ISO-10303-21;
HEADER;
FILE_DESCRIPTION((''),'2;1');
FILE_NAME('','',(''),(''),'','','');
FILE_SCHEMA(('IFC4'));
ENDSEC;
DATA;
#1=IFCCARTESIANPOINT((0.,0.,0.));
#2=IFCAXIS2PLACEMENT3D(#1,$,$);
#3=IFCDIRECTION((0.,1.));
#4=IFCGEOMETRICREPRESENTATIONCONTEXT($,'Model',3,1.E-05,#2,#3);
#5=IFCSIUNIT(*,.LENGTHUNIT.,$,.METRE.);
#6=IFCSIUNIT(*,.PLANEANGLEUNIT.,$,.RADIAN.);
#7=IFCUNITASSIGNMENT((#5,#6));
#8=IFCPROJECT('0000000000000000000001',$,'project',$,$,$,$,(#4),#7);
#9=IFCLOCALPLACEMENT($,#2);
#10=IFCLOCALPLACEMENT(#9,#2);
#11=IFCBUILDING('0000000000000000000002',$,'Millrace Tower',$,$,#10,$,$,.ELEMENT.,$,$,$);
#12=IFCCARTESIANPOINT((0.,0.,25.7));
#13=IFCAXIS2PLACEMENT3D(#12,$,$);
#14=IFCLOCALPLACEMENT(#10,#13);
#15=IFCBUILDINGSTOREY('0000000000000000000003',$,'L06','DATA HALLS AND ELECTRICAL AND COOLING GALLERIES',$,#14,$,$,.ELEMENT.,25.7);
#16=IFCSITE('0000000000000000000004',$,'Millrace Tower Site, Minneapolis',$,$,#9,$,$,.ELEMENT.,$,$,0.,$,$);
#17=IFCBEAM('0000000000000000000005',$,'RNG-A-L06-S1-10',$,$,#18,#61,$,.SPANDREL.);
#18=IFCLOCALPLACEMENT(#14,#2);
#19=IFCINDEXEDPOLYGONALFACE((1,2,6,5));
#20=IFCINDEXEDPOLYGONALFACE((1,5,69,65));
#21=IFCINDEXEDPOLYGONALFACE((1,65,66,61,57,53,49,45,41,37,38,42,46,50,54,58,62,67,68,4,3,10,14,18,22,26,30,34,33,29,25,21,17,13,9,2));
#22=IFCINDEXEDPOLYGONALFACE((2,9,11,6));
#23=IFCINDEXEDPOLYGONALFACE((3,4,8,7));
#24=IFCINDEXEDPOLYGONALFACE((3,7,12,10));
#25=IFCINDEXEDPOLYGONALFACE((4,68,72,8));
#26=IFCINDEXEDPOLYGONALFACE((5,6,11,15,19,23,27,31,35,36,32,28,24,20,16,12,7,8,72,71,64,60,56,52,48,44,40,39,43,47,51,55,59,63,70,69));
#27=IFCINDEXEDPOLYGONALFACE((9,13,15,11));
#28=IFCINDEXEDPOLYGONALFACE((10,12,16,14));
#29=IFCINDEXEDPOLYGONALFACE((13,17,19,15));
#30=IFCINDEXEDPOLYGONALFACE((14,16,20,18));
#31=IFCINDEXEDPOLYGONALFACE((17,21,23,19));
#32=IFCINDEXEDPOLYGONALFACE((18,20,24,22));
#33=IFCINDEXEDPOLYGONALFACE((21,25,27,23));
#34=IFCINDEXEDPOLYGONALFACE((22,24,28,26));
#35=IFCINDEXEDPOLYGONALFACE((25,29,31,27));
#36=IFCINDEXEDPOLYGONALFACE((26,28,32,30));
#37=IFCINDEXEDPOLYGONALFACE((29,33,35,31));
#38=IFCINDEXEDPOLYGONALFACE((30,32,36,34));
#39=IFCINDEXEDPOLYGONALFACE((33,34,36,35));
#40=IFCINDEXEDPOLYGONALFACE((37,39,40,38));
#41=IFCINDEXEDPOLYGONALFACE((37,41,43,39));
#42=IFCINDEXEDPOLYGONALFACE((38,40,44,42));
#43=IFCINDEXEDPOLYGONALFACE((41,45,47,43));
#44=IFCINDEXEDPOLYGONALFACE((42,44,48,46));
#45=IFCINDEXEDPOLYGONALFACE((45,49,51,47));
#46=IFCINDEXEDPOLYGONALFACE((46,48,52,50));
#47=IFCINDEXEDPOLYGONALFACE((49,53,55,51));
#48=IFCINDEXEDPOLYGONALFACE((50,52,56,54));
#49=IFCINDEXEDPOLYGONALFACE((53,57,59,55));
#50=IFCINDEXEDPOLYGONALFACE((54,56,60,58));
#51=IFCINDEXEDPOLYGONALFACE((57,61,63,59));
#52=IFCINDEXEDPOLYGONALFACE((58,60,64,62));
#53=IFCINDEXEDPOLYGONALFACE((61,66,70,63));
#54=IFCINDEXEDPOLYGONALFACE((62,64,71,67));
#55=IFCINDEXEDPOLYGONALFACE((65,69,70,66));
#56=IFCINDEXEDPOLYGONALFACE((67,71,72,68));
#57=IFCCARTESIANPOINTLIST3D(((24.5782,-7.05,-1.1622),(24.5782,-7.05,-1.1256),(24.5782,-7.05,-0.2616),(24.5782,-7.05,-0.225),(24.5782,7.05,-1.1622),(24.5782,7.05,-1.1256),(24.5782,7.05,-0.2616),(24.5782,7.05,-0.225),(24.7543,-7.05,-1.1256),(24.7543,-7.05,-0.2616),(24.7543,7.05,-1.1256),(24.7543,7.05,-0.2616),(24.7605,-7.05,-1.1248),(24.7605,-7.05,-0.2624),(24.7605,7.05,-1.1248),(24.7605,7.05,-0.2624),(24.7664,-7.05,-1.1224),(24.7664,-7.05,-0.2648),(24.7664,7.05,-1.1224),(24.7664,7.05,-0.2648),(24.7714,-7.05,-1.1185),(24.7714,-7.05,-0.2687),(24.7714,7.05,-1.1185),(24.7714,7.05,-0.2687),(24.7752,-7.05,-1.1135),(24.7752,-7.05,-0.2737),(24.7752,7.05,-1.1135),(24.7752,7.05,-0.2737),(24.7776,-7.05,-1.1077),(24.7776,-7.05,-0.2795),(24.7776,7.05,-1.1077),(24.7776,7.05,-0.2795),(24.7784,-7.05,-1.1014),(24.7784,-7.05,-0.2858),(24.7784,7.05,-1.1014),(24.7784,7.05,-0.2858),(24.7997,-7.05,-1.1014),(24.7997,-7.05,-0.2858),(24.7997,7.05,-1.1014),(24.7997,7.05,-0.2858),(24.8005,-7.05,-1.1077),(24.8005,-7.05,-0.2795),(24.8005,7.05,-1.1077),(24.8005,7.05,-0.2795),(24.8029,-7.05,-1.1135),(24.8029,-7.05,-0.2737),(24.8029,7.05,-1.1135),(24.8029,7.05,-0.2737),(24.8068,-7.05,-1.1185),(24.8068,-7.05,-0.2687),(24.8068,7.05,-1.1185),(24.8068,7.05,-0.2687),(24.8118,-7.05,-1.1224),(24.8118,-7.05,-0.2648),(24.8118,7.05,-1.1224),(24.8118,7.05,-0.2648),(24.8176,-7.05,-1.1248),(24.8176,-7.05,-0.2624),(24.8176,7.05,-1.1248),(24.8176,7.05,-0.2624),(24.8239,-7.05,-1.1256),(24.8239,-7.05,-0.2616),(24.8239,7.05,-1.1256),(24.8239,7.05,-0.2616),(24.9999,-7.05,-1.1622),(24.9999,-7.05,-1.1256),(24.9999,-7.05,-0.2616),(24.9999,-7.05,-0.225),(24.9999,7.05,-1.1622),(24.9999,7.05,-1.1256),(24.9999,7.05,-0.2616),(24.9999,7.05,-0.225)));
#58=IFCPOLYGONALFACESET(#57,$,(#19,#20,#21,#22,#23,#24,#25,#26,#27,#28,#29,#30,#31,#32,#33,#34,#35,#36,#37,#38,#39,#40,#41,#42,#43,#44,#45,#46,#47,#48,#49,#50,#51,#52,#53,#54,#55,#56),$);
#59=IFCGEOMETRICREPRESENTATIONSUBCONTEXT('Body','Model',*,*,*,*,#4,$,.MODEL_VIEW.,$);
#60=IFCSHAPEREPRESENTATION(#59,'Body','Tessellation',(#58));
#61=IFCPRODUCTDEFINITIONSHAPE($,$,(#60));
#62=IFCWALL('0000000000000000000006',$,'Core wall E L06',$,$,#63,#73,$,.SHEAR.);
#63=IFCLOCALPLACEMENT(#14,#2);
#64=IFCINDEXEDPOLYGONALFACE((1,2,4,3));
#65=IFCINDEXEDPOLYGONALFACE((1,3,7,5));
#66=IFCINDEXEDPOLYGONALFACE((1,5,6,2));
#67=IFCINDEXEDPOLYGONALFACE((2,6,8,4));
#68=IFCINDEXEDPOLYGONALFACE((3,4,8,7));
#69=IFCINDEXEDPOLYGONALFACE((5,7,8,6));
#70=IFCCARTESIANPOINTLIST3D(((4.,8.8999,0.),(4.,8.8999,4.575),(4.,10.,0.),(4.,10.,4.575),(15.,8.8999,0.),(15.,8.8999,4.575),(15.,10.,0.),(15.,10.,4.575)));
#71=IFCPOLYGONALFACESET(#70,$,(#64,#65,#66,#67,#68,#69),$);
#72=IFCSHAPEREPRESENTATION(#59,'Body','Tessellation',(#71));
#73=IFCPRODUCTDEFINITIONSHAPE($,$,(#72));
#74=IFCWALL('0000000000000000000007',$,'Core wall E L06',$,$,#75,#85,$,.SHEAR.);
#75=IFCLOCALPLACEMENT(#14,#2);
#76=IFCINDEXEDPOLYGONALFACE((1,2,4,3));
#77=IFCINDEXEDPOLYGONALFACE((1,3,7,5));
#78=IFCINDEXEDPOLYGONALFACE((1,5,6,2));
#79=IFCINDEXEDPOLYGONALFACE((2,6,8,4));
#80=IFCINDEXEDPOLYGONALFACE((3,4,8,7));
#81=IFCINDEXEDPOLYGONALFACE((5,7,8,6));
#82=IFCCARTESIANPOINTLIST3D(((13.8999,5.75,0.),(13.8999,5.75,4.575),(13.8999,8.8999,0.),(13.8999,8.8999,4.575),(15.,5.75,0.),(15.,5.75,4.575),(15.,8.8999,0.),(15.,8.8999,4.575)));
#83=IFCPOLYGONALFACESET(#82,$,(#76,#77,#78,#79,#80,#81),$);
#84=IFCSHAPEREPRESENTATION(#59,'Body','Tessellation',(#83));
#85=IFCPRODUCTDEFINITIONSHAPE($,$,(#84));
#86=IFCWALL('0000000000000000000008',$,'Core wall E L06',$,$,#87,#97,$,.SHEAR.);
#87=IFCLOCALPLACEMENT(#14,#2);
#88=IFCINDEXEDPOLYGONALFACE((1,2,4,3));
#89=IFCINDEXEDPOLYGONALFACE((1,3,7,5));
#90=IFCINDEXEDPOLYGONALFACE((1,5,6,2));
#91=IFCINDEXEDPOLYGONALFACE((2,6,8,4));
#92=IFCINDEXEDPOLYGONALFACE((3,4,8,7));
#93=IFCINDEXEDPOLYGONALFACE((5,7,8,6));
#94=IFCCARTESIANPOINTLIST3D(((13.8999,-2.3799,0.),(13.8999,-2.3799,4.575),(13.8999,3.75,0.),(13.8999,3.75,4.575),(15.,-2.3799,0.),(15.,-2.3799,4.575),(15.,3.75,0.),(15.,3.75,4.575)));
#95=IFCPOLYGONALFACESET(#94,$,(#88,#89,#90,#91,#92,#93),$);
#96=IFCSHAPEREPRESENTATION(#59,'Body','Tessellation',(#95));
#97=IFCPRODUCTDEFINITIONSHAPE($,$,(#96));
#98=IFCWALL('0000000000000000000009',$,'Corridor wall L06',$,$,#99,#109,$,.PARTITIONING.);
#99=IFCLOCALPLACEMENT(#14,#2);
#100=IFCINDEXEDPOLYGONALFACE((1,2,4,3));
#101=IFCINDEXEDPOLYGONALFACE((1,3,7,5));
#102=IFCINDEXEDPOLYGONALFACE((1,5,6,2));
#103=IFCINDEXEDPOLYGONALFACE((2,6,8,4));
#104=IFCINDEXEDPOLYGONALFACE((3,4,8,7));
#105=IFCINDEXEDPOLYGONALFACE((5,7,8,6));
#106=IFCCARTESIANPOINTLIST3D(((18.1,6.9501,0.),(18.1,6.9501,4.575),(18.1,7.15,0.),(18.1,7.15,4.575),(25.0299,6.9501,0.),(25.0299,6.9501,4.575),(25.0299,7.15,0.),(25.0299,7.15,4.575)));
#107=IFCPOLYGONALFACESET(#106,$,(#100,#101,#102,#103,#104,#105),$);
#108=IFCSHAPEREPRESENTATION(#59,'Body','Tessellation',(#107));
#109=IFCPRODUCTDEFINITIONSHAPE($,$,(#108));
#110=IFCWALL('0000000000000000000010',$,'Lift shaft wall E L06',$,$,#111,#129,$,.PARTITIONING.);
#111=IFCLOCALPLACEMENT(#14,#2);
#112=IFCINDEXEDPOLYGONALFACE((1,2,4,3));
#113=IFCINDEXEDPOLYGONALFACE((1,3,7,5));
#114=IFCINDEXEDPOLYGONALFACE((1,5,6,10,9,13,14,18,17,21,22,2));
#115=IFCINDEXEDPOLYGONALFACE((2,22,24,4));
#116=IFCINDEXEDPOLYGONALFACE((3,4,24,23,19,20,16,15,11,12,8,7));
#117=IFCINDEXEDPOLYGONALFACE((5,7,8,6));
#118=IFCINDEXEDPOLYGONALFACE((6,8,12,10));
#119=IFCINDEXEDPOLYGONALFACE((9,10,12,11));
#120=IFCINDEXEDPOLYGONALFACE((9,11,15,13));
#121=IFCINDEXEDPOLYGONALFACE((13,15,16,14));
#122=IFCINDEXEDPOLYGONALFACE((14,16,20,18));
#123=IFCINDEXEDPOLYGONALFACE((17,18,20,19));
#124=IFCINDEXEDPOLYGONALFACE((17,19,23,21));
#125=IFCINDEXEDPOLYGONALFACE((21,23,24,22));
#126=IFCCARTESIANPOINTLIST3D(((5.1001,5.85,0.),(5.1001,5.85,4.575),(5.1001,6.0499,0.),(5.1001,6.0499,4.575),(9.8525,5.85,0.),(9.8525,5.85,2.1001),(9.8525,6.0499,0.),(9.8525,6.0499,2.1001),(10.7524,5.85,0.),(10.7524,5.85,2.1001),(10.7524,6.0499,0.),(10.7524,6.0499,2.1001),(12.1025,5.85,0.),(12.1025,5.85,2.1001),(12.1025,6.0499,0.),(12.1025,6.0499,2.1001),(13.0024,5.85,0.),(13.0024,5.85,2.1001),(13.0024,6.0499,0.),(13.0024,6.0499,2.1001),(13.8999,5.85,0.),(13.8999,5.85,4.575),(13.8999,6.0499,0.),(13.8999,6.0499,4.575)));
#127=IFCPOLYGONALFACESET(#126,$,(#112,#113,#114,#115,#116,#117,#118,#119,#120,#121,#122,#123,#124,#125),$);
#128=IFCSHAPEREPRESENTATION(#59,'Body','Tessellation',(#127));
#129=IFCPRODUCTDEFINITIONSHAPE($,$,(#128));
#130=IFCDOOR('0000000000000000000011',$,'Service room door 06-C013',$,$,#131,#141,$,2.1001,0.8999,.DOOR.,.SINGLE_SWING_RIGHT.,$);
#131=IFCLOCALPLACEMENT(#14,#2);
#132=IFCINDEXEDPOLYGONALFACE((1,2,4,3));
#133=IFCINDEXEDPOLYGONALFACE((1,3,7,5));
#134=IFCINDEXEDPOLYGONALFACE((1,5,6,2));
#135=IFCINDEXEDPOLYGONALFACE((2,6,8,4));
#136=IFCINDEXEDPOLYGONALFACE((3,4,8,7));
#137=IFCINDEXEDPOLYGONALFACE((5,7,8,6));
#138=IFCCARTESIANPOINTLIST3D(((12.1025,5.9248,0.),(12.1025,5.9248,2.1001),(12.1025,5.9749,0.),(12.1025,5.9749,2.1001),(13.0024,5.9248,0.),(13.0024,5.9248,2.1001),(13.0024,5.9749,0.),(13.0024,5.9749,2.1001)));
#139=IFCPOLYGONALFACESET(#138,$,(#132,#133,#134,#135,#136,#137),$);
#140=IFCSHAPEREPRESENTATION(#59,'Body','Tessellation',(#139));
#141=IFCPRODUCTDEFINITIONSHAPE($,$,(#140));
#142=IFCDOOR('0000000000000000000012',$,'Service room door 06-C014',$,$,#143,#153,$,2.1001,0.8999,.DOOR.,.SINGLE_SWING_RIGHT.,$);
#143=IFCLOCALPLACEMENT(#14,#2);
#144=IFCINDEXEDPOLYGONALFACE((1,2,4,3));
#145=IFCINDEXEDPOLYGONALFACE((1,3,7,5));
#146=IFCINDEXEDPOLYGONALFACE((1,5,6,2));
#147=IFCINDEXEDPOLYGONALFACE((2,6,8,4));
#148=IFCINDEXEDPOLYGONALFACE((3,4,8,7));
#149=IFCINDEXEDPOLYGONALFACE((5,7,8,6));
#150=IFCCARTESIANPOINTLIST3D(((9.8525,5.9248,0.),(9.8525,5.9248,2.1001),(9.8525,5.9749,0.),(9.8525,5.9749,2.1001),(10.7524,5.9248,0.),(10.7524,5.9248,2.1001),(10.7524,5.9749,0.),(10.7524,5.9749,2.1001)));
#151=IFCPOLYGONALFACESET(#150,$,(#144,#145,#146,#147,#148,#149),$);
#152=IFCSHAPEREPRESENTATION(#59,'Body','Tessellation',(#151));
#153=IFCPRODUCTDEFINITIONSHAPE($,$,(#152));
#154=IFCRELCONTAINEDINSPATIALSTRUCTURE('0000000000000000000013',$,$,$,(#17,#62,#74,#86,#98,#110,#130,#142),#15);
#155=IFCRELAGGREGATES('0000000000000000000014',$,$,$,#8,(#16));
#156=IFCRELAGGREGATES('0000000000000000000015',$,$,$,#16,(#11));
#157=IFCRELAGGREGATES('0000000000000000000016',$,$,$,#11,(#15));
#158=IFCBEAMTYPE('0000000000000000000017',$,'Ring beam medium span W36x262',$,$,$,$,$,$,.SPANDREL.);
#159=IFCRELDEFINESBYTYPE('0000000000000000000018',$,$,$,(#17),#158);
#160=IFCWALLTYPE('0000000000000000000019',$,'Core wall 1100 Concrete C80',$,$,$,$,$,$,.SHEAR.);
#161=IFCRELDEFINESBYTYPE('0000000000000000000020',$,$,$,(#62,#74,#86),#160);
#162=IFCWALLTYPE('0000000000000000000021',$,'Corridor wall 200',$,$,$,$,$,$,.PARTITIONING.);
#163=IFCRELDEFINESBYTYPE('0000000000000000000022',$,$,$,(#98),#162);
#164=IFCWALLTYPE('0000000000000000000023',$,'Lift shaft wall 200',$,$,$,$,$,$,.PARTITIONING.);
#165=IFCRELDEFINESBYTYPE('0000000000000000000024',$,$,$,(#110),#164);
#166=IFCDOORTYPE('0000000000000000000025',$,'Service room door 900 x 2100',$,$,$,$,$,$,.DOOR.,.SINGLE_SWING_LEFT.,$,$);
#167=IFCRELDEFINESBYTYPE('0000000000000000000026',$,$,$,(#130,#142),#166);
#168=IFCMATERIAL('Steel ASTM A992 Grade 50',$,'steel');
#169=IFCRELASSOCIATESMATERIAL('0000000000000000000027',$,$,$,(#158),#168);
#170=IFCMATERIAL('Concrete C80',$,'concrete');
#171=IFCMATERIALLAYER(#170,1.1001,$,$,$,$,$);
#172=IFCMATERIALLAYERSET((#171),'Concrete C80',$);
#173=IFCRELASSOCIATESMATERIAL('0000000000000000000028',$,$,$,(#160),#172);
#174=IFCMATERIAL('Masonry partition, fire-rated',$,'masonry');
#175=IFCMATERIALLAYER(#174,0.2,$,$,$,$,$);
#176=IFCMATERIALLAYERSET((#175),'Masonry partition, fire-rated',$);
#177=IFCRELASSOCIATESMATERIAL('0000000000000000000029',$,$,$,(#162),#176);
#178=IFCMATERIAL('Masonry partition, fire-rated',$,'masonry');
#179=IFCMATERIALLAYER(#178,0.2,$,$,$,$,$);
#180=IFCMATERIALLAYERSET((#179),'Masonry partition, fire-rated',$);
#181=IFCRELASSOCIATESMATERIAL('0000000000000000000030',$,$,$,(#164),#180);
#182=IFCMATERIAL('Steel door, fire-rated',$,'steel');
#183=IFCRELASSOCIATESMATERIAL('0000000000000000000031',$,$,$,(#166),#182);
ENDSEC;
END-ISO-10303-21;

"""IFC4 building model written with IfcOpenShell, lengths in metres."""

from ifc_helpers import new_model, si_unit, direction, frame, frame_2d, origin, origin_2d, place, context, subcontext, project, spatial, rectangle, i_section, extrude, material, layer, layer_set, material_profile, profile_set, type_object, element, fill, save


model = new_model("IFC4")

# Units and contexts
model_context = context("Model", 3, precision=1e-05, world=origin(), true_north=direction((0.0, 1.0)))
body_context = subcontext(model_context, "Body", "Model", "MODEL_VIEW")
ifc_project = project(units=[si_unit("LENGTHUNIT", "METRE"), si_unit("PLANEANGLEUNIT", "RADIAN")], contexts=[model_context])

# Site, building, storey
site_placement = place(None, origin())
site = spatial("IfcSite", under=ifc_project, at=site_placement, Name="Millrace Tower Site, Minneapolis", CompositionType="ELEMENT", RefElevation=0.0)
building_placement = place(site_placement, origin())
building = spatial("IfcBuilding", under=site, at=building_placement, Name="Millrace Tower", CompositionType="ELEMENT")
storey_placement = place(building_placement, frame((0.0, 0.0, 25.7)))
storey = spatial("IfcBuildingStorey", under=building, at=storey_placement, Name="L06", Description="DATA HALLS AND ELECTRICAL AND COOLING GALLERIES", CompositionType="ELEMENT", Elevation=25.7)

# Beam
ifc_material_1 = material(Name="Steel ASTM A992 Grade 50", Category="steel")
ifc_material_profile_1 = material_profile(ifc_material_1, i_section(OverallWidth=0.4216, OverallDepth=0.9373, WebThickness=0.0212, FlangeThickness=0.0366, FilletRadius=0.0242, at=origin_2d()))
ifc_profile_set_1 = profile_set([ifc_material_profile_1], Name="Steel ASTM A992 Grade 50")
beam_type_1 = type_object("IfcBeamType", Name="Ring beam medium span W36x262", PredefinedType="SPANDREL", material=ifc_profile_set_1)
beam_1_placement = place(storey_placement, frame((24.7891, 7.05, -0.6936), z_axis=(0.0, -1.0, 0.0), x_axis=(1.0, 0.0, 0.0)))
element("IfcBeam", 1, at=beam_1_placement, inside=storey, type_object=beam_type_1, Name="RNG-A-L06-S1-10", PredefinedType="SPANDREL", context=body_context, shape_type="SweptSolid", body=[
    extrude(i_section(OverallWidth=0.4216, OverallDepth=0.9373, WebThickness=0.0212, FlangeThickness=0.0366, FilletRadius=0.0242, at=origin_2d()), origin(), (0.0, 0.0, 1.0), 14.1001),
])

# Walls
ifc_material_2 = material(Name="Concrete C80", Category="concrete")
ifc_layer_1 = layer(ifc_material_2, 1.1001)
ifc_layer_set_1 = layer_set([ifc_layer_1], Name="Concrete C80")
wall_type_1 = type_object("IfcWallType", Name="Core wall 1100 Concrete C80", PredefinedType="SHEAR", material=ifc_layer_set_1)
wall_1_placement = place(storey_placement, frame((15.0, 9.45, 0.0), z_axis=(0.0, 0.0, 1.0), x_axis=(-1.0, 0.0, 0.0)))
element("IfcWall", 2, at=wall_1_placement, inside=storey, type_object=wall_type_1, Name="Core wall E L06", PredefinedType="SHEAR", context=body_context, shape_type="SweptSolid", body=[
    extrude(rectangle(XDim=11.0, YDim=1.1001, at=frame_2d((5.5, 0.0))), origin(), (0.0, 0.0, 1.0), 4.575),
])
wall_2_placement = place(storey_placement, frame((14.45, 8.8999, 0.0), z_axis=(0.0, 0.0, 1.0), x_axis=(0.0, -1.0, 0.0)))
element("IfcWall", 3, at=wall_2_placement, inside=storey, type_object=wall_type_1, Name="Core wall E L06", PredefinedType="SHEAR", context=body_context, shape_type="SweptSolid", body=[
    extrude(rectangle(XDim=3.1499, YDim=1.1001, at=frame_2d((1.575, 0.0))), origin(), (0.0, 0.0, 1.0), 4.575),
])
wall_3_placement = place(storey_placement, frame((14.45, 3.75, 0.0), z_axis=(0.0, 0.0, 1.0), x_axis=(0.0, -1.0, 0.0)))
element("IfcWall", 4, at=wall_3_placement, inside=storey, type_object=wall_type_1, Name="Core wall E L06", PredefinedType="SHEAR", context=body_context, shape_type="SweptSolid", body=[
    extrude(rectangle(XDim=6.1299, YDim=1.1001, at=frame_2d((3.0649, 0.0))), origin(), (0.0, 0.0, 1.0), 4.575),
])
ifc_material_3 = material(Name="Masonry partition, fire-rated", Category="masonry")
ifc_layer_2 = layer(ifc_material_3, 0.2)
ifc_layer_set_2 = layer_set([ifc_layer_2], Name="Masonry partition, fire-rated")
wall_type_2 = type_object("IfcWallType", Name="Corridor wall 200", PredefinedType="PARTITIONING", material=ifc_layer_set_2)
wall_4_placement = place(storey_placement, frame((18.1001, 7.05, 0.0), z_axis=(0.0, 0.0, 1.0), x_axis=(1.0, 0.0, 0.0)))
element("IfcWall", 5, at=wall_4_placement, inside=storey, type_object=wall_type_2, Name="Corridor wall L06", PredefinedType="PARTITIONING", context=body_context, shape_type="SweptSolid", body=[
    extrude(rectangle(XDim=6.9299, YDim=0.2, at=frame_2d((3.4648, 0.0))), origin(), (0.0, 0.0, 1.0), 4.575),
])

# Wall, openings, doors
ifc_material_4 = material(Name="Masonry partition, fire-rated", Category="masonry")
ifc_layer_3 = layer(ifc_material_4, 0.2)
ifc_layer_set_3 = layer_set([ifc_layer_3], Name="Masonry partition, fire-rated")
wall_type_3 = type_object("IfcWallType", Name="Lift shaft wall 200", PredefinedType="PARTITIONING", material=ifc_layer_set_3)
wall_5_placement = place(storey_placement, frame((13.8999, 5.95, 0.0), z_axis=(0.0, 0.0, 1.0), x_axis=(-1.0, 0.0, 0.0)))
wall_5 = element("IfcWall", 6, at=wall_5_placement, inside=storey, type_object=wall_type_3, Name="Lift shaft wall E L06", PredefinedType="PARTITIONING", context=body_context, shape_type="SweptSolid", body=[
    extrude(rectangle(XDim=8.7998, YDim=0.2, at=frame_2d((4.3999, 0.0))), origin(), (0.0, 0.0, 1.0), 4.575),
])
opening_1_placement = place(wall_5_placement, frame((0.8975, 0.0, 0.0)))
opening_1 = element("IfcOpeningElement", 7, at=opening_1_placement, cuts=wall_5, PredefinedType="OPENING", context=body_context, shape_type="SweptSolid", body=[
    extrude(rectangle(XDim=0.8999, YDim=2.1001, at=frame_2d((0.45, 1.05))), frame((0.0, 0.1099, 0.0), z_axis=(0.0, -1.0, 0.0), x_axis=(1.0, 0.0, 0.0)), (0.0, 0.0, 1.0), 0.22),
])
opening_2_placement = place(wall_5_placement, frame((3.1475, 0.0, 0.0)))
opening_2 = element("IfcOpeningElement", 8, at=opening_2_placement, cuts=wall_5, PredefinedType="OPENING", context=body_context, shape_type="SweptSolid", body=[
    extrude(rectangle(XDim=0.8999, YDim=2.1001, at=frame_2d((0.45, 1.05))), frame((0.0, 0.1099, 0.0), z_axis=(0.0, -1.0, 0.0), x_axis=(1.0, 0.0, 0.0)), (0.0, 0.0, 1.0), 0.22),
])
ifc_material_5 = material(Name="Steel door, fire-rated", Category="steel")
door_type_1 = type_object("IfcDoorType", Name="Service room door 900 x 2100", OperationType="SINGLE_SWING_LEFT", PredefinedType="DOOR", material=ifc_material_5)
door_1_placement = place(opening_1_placement, frame((0.8999, 0.0, 0.0), z_axis=(0.0, 0.0, 1.0), x_axis=(-1.0, 0.0, 0.0)))
door_1 = element("IfcDoor", 9, at=door_1_placement, inside=storey, type_object=door_type_1, Name="Service room door 06-C013", OperationType="SINGLE_SWING_RIGHT", OverallHeight=2.1001, OverallWidth=0.8999, PredefinedType="DOOR", context=body_context, shape_type="SweptSolid", body=[
    extrude(rectangle(XDim=0.8999, YDim=2.1001, at=frame_2d((0.45, 1.05))), frame((0.0, 0.0249, 0.0), z_axis=(0.0, -1.0, 0.0), x_axis=(1.0, 0.0, 0.0)), (0.0, 0.0, 1.0), 0.05),
])
fill(opening_1, door_1)
door_2_placement = place(opening_2_placement, frame((0.8999, 0.0, 0.0), z_axis=(0.0, 0.0, 1.0), x_axis=(-1.0, 0.0, 0.0)))
door_2 = element("IfcDoor", 10, at=door_2_placement, inside=storey, type_object=door_type_1, Name="Service room door 06-C014", OperationType="SINGLE_SWING_RIGHT", OverallHeight=2.1001, OverallWidth=0.8999, PredefinedType="DOOR", context=body_context, shape_type="SweptSolid", body=[
    extrude(rectangle(XDim=0.8999, YDim=2.1001, at=frame_2d((0.45, 1.05))), frame((0.0, 0.0249, 0.0), z_axis=(0.0, -1.0, 0.0), x_axis=(1.0, 0.0, 0.0)), (0.0, 0.0, 1.0), 0.05),
])
fill(opening_2, door_2)

save(model, "model.ifc")
